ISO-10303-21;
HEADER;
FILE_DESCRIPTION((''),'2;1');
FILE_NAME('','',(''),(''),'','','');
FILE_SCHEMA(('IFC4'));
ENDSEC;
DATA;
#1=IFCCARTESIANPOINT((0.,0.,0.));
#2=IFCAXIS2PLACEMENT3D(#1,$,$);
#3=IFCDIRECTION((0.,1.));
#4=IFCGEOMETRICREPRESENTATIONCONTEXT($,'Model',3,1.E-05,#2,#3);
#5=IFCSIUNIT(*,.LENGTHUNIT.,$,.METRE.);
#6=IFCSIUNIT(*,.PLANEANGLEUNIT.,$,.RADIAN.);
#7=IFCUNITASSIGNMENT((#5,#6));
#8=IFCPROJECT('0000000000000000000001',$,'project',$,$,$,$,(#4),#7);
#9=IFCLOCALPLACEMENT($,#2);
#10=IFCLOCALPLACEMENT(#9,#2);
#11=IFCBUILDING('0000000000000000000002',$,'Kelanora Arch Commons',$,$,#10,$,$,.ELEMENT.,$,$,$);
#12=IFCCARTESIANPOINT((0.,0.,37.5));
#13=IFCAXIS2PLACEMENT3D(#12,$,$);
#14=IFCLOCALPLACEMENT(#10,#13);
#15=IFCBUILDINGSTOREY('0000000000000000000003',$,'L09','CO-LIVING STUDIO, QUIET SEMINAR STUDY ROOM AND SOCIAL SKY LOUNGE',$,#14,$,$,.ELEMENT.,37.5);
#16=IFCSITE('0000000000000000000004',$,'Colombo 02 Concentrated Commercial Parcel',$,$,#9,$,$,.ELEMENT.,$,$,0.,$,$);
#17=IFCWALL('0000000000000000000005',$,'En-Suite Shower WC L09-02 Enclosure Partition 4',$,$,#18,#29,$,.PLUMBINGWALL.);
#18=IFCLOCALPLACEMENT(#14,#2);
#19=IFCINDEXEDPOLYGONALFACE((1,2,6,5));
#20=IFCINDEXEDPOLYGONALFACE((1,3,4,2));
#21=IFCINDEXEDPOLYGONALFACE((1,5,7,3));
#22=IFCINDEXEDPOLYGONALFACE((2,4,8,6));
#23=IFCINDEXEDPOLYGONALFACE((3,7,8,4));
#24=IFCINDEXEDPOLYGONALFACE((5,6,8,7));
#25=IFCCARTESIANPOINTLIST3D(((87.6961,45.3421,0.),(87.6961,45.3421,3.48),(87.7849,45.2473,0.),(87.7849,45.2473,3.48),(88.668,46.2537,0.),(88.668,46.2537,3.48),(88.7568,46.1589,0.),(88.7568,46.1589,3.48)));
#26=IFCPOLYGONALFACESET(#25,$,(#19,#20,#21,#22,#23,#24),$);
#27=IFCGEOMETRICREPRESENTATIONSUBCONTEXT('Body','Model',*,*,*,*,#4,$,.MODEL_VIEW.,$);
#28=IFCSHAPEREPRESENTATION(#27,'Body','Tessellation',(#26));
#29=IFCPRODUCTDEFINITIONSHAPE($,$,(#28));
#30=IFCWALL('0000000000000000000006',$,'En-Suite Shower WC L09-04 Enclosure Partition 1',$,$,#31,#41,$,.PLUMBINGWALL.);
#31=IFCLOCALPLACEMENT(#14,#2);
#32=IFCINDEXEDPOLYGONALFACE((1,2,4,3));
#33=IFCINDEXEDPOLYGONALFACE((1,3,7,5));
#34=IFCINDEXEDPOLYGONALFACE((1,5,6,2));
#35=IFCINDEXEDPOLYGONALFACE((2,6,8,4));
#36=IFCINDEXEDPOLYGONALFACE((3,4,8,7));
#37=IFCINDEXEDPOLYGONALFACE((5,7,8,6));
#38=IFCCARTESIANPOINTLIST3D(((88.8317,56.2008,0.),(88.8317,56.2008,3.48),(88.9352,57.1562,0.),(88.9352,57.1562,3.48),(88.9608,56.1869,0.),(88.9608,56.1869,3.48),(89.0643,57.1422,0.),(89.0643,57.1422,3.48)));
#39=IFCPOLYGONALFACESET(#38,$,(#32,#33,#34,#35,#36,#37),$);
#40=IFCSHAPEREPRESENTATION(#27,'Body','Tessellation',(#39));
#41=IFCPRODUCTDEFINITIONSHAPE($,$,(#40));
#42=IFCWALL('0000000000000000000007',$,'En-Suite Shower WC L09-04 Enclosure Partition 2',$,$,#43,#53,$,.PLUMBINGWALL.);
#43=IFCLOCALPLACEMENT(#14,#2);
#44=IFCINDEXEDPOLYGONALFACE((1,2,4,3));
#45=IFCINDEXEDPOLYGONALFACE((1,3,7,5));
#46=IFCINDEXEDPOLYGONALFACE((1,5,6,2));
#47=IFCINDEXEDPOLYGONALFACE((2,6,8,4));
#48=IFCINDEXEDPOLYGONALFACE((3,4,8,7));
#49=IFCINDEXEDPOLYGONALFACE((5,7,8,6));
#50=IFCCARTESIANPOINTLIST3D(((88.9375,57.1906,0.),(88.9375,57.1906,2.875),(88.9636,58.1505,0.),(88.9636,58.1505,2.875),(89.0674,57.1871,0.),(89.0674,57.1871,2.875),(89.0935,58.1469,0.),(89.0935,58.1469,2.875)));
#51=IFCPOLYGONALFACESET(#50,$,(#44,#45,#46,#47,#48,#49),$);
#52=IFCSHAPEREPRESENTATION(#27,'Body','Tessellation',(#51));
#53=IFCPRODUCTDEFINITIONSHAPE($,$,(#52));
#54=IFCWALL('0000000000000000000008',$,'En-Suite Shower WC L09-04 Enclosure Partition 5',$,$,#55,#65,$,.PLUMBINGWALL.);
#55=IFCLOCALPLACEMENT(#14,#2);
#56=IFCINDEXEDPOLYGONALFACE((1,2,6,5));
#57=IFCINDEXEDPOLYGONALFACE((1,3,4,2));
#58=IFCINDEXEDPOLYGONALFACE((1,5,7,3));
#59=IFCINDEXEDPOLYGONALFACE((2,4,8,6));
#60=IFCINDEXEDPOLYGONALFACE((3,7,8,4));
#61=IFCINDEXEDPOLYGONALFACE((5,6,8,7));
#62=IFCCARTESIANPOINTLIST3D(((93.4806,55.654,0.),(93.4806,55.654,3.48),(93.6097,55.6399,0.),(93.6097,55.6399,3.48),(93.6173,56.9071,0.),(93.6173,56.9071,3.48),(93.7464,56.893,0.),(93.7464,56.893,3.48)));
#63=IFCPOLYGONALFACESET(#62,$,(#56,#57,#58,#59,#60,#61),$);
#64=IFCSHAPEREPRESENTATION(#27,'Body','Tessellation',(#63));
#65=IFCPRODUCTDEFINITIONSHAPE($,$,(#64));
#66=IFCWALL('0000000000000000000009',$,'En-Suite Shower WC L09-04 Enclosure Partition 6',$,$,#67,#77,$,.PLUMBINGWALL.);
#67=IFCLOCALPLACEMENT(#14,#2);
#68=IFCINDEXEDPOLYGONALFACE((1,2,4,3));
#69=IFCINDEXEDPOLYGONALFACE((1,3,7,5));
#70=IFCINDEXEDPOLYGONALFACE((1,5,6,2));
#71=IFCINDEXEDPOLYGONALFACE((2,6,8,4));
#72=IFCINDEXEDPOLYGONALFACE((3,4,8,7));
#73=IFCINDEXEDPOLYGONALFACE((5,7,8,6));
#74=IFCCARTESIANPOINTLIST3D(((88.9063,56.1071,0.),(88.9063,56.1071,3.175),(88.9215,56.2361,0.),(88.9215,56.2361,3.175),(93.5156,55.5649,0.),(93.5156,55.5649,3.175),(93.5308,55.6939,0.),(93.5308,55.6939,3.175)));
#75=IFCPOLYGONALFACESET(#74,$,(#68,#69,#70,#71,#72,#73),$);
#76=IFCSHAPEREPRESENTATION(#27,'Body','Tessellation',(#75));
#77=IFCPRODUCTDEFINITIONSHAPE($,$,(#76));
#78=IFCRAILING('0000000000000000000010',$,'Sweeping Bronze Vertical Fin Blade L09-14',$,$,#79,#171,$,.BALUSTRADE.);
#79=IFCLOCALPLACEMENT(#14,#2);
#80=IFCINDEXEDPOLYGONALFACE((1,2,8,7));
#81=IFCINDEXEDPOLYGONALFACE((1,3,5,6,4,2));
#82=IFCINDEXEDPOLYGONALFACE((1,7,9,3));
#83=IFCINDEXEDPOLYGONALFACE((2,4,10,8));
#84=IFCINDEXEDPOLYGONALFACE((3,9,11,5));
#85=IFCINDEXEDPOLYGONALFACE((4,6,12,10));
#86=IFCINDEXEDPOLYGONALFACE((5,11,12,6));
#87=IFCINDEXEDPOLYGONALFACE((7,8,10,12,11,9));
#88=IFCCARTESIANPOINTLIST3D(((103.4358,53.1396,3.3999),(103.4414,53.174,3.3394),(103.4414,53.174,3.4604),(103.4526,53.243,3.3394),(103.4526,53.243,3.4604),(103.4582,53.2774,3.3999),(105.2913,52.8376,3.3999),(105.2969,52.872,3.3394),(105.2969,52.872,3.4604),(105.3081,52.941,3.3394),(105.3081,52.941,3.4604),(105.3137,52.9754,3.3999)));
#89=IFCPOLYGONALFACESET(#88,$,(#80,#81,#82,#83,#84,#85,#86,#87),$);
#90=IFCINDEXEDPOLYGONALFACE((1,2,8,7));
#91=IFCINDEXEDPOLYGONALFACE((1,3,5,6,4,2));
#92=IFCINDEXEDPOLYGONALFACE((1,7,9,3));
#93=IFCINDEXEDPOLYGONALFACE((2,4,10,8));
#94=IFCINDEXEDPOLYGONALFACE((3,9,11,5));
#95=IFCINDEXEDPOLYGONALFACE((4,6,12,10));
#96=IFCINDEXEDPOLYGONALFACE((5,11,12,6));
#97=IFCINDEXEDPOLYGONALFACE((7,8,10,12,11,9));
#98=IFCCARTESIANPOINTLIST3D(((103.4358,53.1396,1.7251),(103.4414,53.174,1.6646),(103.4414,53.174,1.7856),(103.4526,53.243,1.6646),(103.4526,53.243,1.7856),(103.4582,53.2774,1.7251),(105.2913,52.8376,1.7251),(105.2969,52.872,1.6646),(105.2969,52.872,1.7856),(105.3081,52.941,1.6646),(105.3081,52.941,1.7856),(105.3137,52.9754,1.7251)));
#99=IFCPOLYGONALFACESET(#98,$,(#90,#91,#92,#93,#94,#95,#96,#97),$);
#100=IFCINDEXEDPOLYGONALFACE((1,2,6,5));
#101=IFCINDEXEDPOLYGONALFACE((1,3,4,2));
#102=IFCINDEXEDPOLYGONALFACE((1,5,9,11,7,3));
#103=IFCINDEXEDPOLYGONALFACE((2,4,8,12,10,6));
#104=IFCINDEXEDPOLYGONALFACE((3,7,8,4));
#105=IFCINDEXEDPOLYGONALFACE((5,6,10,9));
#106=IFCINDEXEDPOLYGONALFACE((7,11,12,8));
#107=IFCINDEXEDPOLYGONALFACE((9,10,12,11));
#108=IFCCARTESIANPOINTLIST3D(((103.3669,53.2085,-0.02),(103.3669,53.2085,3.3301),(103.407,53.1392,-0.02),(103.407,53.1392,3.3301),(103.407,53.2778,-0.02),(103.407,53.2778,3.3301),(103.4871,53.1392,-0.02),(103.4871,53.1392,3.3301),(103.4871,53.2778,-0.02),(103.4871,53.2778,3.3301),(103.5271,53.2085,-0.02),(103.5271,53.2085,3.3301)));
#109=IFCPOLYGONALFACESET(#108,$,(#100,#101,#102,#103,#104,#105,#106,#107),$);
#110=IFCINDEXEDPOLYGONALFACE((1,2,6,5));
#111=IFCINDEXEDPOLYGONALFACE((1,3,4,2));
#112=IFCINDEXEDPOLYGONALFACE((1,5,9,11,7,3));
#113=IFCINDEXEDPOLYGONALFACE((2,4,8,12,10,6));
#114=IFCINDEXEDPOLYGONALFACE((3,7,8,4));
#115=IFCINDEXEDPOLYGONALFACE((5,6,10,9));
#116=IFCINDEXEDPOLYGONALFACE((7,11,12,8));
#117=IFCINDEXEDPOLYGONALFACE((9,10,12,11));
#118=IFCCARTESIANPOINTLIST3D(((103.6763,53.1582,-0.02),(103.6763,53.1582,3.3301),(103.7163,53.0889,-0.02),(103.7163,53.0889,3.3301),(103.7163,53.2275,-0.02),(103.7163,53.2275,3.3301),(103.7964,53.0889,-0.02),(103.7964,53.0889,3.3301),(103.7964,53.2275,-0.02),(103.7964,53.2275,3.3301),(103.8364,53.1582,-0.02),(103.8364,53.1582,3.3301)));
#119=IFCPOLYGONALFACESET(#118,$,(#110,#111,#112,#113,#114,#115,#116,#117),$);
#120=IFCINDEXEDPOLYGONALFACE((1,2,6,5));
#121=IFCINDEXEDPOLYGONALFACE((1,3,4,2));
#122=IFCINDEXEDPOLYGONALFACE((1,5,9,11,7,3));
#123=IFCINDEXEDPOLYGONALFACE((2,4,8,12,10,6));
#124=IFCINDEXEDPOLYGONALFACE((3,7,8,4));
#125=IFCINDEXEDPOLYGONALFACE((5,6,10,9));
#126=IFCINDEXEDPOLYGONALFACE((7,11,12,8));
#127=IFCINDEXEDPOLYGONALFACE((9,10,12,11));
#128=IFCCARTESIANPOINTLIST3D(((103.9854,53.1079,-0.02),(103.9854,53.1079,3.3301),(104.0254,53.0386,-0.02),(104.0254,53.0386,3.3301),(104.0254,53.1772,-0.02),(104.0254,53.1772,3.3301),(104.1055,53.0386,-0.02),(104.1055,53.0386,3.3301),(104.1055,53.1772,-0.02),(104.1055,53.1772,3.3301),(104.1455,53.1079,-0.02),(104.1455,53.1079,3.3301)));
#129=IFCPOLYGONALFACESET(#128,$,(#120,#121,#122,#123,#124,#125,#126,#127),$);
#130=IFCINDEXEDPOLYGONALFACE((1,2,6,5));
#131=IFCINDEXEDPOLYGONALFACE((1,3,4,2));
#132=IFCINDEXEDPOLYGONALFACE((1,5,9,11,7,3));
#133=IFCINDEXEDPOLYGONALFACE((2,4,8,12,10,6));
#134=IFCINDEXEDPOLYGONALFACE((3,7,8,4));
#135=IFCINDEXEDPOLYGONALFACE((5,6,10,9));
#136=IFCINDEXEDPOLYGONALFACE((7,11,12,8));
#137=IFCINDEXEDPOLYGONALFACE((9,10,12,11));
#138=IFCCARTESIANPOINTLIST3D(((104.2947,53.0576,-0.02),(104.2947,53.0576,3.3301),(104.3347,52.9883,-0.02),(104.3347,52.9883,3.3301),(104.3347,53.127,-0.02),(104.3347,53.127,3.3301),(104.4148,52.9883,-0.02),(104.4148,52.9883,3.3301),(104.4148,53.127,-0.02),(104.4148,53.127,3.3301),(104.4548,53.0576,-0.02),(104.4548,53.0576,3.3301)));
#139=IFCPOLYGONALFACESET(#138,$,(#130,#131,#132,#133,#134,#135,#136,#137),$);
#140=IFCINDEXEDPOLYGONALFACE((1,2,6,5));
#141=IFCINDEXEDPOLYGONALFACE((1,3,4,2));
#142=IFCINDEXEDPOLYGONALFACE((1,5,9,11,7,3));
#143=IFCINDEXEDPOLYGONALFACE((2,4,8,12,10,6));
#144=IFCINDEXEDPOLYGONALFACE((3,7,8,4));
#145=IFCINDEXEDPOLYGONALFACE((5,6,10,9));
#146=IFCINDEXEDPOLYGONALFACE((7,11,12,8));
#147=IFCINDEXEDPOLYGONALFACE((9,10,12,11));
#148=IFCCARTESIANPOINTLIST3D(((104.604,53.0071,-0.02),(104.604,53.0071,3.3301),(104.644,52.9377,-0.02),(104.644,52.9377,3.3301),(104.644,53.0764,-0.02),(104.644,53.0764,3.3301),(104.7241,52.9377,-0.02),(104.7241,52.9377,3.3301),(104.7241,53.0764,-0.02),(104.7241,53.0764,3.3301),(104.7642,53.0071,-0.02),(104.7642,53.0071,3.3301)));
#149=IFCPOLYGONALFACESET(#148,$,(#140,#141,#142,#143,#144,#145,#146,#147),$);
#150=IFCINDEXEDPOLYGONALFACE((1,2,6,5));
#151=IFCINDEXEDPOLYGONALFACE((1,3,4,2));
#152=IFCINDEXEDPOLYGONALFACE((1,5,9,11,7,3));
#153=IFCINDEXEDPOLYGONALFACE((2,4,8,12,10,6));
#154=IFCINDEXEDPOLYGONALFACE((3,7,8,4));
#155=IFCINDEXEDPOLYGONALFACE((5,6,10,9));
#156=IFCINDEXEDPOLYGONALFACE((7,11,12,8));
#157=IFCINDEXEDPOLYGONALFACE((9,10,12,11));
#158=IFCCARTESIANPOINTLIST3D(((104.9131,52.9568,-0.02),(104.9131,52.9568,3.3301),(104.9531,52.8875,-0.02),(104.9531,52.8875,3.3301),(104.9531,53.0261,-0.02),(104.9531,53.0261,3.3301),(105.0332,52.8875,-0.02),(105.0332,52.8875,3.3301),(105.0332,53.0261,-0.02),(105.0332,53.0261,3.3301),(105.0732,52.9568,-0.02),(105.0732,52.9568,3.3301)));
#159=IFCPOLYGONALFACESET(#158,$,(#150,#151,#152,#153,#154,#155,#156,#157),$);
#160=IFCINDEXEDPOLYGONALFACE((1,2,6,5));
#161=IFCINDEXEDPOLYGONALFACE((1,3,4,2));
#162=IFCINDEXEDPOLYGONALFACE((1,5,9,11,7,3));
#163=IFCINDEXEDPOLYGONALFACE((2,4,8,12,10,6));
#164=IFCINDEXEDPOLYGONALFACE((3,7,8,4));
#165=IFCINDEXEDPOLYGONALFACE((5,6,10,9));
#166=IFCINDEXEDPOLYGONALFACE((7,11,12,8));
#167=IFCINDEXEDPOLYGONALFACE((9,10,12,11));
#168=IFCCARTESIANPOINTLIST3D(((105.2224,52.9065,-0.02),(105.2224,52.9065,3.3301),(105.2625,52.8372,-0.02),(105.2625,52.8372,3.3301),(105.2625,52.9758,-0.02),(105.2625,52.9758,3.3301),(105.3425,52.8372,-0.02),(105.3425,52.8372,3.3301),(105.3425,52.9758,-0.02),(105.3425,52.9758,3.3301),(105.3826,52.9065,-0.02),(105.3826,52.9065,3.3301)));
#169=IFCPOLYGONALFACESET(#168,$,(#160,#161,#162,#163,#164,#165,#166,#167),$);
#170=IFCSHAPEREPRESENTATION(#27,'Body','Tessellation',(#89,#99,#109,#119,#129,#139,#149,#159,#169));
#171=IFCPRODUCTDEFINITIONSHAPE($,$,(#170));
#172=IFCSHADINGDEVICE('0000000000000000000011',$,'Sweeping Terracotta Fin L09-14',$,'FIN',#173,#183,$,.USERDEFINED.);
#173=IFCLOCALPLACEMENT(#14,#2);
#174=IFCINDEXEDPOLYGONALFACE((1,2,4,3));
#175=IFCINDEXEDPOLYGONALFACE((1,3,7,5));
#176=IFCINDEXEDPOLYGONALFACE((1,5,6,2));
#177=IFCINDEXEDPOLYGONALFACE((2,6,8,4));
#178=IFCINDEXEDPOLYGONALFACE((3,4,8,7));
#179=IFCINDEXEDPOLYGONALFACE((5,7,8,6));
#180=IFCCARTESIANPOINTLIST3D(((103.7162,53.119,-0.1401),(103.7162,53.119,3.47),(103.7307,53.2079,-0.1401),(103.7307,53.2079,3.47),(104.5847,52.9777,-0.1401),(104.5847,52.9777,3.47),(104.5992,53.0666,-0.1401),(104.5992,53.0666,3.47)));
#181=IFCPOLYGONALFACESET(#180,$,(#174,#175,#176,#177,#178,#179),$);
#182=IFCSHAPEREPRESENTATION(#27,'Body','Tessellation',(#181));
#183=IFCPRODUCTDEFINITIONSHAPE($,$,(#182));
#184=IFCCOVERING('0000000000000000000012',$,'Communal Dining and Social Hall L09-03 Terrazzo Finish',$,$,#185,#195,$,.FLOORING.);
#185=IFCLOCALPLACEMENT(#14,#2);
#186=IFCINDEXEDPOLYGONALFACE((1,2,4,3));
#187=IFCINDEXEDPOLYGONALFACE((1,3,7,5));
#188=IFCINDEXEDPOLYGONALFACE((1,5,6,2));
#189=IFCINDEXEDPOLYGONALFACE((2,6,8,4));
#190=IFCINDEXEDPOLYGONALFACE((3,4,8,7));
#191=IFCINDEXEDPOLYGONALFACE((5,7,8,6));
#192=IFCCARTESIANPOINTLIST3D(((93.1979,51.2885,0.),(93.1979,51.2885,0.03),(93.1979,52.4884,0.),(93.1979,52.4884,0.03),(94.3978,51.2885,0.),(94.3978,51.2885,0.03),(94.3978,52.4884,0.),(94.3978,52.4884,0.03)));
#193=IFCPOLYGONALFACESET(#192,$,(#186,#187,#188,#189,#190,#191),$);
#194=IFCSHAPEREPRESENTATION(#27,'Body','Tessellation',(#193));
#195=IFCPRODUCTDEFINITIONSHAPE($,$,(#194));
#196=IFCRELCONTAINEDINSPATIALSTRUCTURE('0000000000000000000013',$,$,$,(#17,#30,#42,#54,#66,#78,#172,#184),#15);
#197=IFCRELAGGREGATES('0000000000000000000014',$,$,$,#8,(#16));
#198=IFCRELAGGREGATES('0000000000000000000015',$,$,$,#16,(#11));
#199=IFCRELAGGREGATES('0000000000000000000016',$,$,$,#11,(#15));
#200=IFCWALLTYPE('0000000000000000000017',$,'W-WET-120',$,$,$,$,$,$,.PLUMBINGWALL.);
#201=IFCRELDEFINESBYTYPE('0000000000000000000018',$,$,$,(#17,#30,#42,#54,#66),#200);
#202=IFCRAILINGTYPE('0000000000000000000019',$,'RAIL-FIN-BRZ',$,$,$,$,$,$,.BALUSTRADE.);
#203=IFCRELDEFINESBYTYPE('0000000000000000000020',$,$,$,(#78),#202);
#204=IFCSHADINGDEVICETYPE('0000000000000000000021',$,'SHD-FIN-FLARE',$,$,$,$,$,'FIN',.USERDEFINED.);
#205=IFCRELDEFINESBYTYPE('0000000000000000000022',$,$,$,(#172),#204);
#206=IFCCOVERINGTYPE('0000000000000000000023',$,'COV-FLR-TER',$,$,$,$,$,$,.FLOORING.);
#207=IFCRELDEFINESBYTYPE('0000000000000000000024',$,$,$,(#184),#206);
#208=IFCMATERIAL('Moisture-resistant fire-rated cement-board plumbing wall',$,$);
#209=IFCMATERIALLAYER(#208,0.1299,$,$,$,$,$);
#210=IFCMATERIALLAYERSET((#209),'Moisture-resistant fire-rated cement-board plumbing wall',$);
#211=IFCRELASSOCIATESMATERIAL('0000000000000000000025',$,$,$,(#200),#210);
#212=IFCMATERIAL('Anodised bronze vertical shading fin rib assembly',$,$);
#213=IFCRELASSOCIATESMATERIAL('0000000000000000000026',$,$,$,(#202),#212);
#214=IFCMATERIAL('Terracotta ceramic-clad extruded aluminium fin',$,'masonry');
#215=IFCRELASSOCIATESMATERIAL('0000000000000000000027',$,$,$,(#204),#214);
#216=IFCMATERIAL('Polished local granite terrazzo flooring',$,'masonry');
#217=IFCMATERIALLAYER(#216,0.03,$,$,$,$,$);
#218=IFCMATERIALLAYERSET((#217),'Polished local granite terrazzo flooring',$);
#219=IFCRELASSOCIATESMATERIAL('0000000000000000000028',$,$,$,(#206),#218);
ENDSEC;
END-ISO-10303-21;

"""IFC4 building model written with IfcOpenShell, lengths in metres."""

from ifc_helpers import new_model, si_unit, direction, frame, frame_2d, origin, origin_2d, place, context, subcontext, project, spatial, polyline, rectangle, outline, extrude, source, transform, mapped, material, layer, layer_set, type_object, element, save


model = new_model("IFC4")

# Units and contexts
model_context = context("Model", 3, precision=1e-05, world=origin(), true_north=direction((0.0, 1.0)))
body_context = subcontext(model_context, "Body", "Model", "MODEL_VIEW")
ifc_project = project(units=[si_unit("LENGTHUNIT", "METRE"), si_unit("PLANEANGLEUNIT", "RADIAN")], contexts=[model_context])

# Site, building, storey
site_placement = place(None, origin())
site = spatial("IfcSite", under=ifc_project, at=site_placement, Name="Colombo 02 Concentrated Commercial Parcel", CompositionType="ELEMENT", RefElevation=0.0)
building_placement = place(site_placement, origin())
building = spatial("IfcBuilding", under=site, at=building_placement, Name="Kelanora Arch Commons", CompositionType="ELEMENT")
storey_placement = place(building_placement, frame((0.0, 0.0, 37.5)))
storey = spatial("IfcBuildingStorey", under=building, at=storey_placement, Name="L09", Description="CO-LIVING STUDIO, QUIET SEMINAR STUDY ROOM AND SOCIAL SKY LOUNGE", CompositionType="ELEMENT", Elevation=37.5)

# Walls
ifc_material_1 = material(Name="Moisture-resistant fire-rated cement-board plumbing wall")
ifc_layer_1 = layer(ifc_material_1, 0.1299)
ifc_layer_set_1 = layer_set([ifc_layer_1], Name="Moisture-resistant fire-rated cement-board plumbing wall")
wall_type_1 = type_object("IfcWallType", Name="W-WET-120", PredefinedType="PLUMBINGWALL", material=ifc_layer_set_1)
wall_1_placement = place(storey_placement, frame((88.7124, 46.2063, 0.0), z_axis=(0.0, 0.0, 1.0), x_axis=(-0.729371, -0.684118, 0.0)))
element("IfcWall", 1, at=wall_1_placement, inside=storey, type_object=wall_type_1, Name="En-Suite Shower WC L09-02 Enclosure Partition 4", PredefinedType="PLUMBINGWALL", context=body_context, shape_type="SweptSolid", body=[
    extrude(rectangle(XDim=1.3325, YDim=0.1299, at=frame_2d((0.6663, 0.0))), origin(), (0.0, 0.0, 1.0), 3.48),
])
wall_2_placement = place(storey_placement, frame((88.8962, 56.1938, 0.0), z_axis=(0.0, 0.0, 1.0), x_axis=(0.107726, 0.994181, 0.0)))
element("IfcWall", 2, at=wall_2_placement, inside=storey, type_object=wall_type_1, Name="En-Suite Shower WC L09-04 Enclosure Partition 1", PredefinedType="PLUMBINGWALL", context=body_context, shape_type="SweptSolid", body=[
    extrude(rectangle(XDim=0.9609, YDim=0.1299, at=frame_2d((0.4805, 0.0))), origin(), (0.0, 0.0, 1.0), 3.48),
])
wall_3_placement = place(storey_placement, frame((89.0024, 57.189, 0.0), z_axis=(0.0, 0.0, 1.0), x_axis=(0.027203, 0.99963, 0.0)))
element("IfcWall", 3, at=wall_3_placement, inside=storey, type_object=wall_type_1, Name="En-Suite Shower WC L09-04 Enclosure Partition 2", PredefinedType="PLUMBINGWALL", context=body_context, shape_type="SweptSolid", body=[
    extrude(rectangle(XDim=0.9602, YDim=0.1299, at=frame_2d((0.48, 0.0))), origin(), (0.0, 0.0, 1.0), 2.875),
])
wall_4_placement = place(storey_placement, frame((93.6819, 56.9001, 0.0), z_axis=(0.0, 0.0, 1.0), x_axis=(-0.108454, -0.994101, 0.0)))
element("IfcWall", 4, at=wall_4_placement, inside=storey, type_object=wall_type_1, Name="En-Suite Shower WC L09-04 Enclosure Partition 5", PredefinedType="PLUMBINGWALL", context=body_context, shape_type="SweptSolid", body=[
    extrude(rectangle(XDim=1.2605, YDim=0.1299, at=frame_2d((0.6304, 0.0))), origin(), (0.0, 0.0, 1.0), 3.48),
])
wall_5_placement = place(storey_placement, frame((93.5232, 55.6294, 0.0), z_axis=(0.0, 0.0, 1.0), x_axis=(-0.993152, 0.116832, 0.0)))
element("IfcWall", 5, at=wall_5_placement, inside=storey, type_object=wall_type_1, Name="En-Suite Shower WC L09-04 Enclosure Partition 6", PredefinedType="PLUMBINGWALL", context=body_context, shape_type="SweptSolid", body=[
    extrude(rectangle(XDim=4.6411, YDim=0.1299, at=frame_2d((2.3206, 0.0))), origin(), (0.0, 0.0, 1.0), 3.175),
])

# Railing
ifc_material_2 = material(Name="Anodised bronze vertical shading fin rib assembly")
railing_type = type_object("IfcRailingType", Name="RAIL-FIN-BRZ", PredefinedType="BALUSTRADE", material=ifc_material_2)
railing_placement = place(storey_placement, frame((103.447, 53.2085, -0.02)))
element("IfcRailing", 6, at=railing_placement, inside=storey, type_object=railing_type, Name="Sweeping Bronze Vertical Fin Blade L09-14", PredefinedType="BALUSTRADE", context=body_context, shape_type="SweptSolid", body=[
    extrude(outline(polyline([(0.0698, 0.0), (0.0349, 0.0605), (-0.0349, 0.0605), (-0.0698, 0.0), (-0.0349, -0.0605), (0.0349, -0.0605), (0.0698, 0.0)])), frame((0.0, 0.0, 3.4199), z_axis=(0.987012, -0.160649, 0.0), x_axis=(0.160649, 0.987012, 0.0)), (0.0, 0.0, 1.0), 1.8799),
    extrude(outline(polyline([(0.0698, 0.0), (0.0349, 0.0605), (-0.0349, 0.0605), (-0.0698, 0.0), (-0.0349, -0.0605), (0.0349, -0.0605), (0.0698, 0.0)])), frame((0.0, 0.0, 1.7451), z_axis=(0.987012, -0.160649, 0.0), x_axis=(0.160649, 0.987012, 0.0)), (0.0, 0.0, 1.0), 1.8799),
    extrude(outline(polyline([(0.0801, 0.0), (0.04, 0.0693), (-0.04, 0.0693), (-0.0801, 0.0), (-0.04, -0.0693), (0.04, -0.0693), (0.0801, 0.0)])), origin(), (0.0, 0.0, 1.0), 3.3501),
    extrude(outline(polyline([(0.0801, 0.0), (0.04, 0.0693), (-0.04, 0.0693), (-0.0801, 0.0), (-0.04, -0.0693), (0.04, -0.0693), (0.0801, 0.0)])), frame((0.3093, -0.0503, 0.0)), (0.0, 0.0, 1.0), 3.3501),
    extrude(outline(polyline([(0.0801, 0.0), (0.04, 0.0693), (-0.04, 0.0693), (-0.0801, 0.0), (-0.04, -0.0693), (0.04, -0.0693), (0.0801, 0.0)])), frame((0.6184, -0.1006, 0.0)), (0.0, 0.0, 1.0), 3.3501),
    extrude(outline(polyline([(0.0801, 0.0), (0.04, 0.0693), (-0.04, 0.0693), (-0.0801, 0.0), (-0.04, -0.0693), (0.04, -0.0693), (0.0801, 0.0)])), frame((0.9277, -0.1509, 0.0)), (0.0, 0.0, 1.0), 3.3501),
    extrude(outline(polyline([(0.0801, 0.0), (0.04, 0.0693), (-0.04, 0.0693), (-0.0801, 0.0), (-0.04, -0.0693), (0.04, -0.0693), (0.0801, 0.0)])), frame((1.2371, -0.2014, 0.0)), (0.0, 0.0, 1.0), 3.3501),
    extrude(outline(polyline([(0.0801, 0.0), (0.04, 0.0693), (-0.04, 0.0693), (-0.0801, 0.0), (-0.04, -0.0693), (0.04, -0.0693), (0.0801, 0.0)])), frame((1.5461, -0.2517, 0.0)), (0.0, 0.0, 1.0), 3.3501),
    extrude(outline(polyline([(0.0801, 0.0), (0.04, 0.0693), (-0.04, 0.0693), (-0.0801, 0.0), (-0.04, -0.0693), (0.04, -0.0693), (0.0801, 0.0)])), frame((1.8555, -0.302, 0.0)), (0.0, 0.0, 1.0), 3.3501),
])

# Shading device
ifc_material_3 = material(Name="Terracotta ceramic-clad extruded aluminium fin", Category="masonry")
shading_device_type = type_object("IfcShadingDeviceType", Name="SHD-FIN-FLARE", ElementType="FIN", PredefinedType="USERDEFINED", material=ifc_material_3)
shared_shape_1 = source(origin(), body_context, "Body", "SweptSolid", [
    extrude(rectangle(XDim=0.8799, YDim=0.0901, at=origin_2d()), origin(), (0.0, 0.0, 1.0), 3.6101),
])
shading_device_placement = place(storey_placement, frame((104.1577, 53.0928, -0.1401), z_axis=(0.0, 0.0, 1.0), x_axis=(0.987024, -0.16057, 0.0)))
element("IfcShadingDevice", 7, at=shading_device_placement, inside=storey, type_object=shading_device_type, Name="Sweeping Terracotta Fin L09-14", ObjectType="FIN", PredefinedType="USERDEFINED", context=body_context, shape_type="MappedRepresentation", body=[
    mapped(shared_shape_1, transform((0.0, 0.0, 0.0), scale=1.0)),
])

# Covering
ifc_material_4 = material(Name="Polished local granite terrazzo flooring", Category="masonry")
ifc_layer_2 = layer(ifc_material_4, 0.03)
ifc_layer_set_2 = layer_set([ifc_layer_2], Name="Polished local granite terrazzo flooring")
covering_type = type_object("IfcCoveringType", Name="COV-FLR-TER", PredefinedType="FLOORING", material=ifc_layer_set_2)
shared_shape_2 = source(origin(), body_context, "Body", "SweptSolid", [
    extrude(rectangle(XDim=1.2, YDim=1.2, at=origin_2d()), origin(), (0.0, 0.0, 1.0), 0.03),
])
covering_placement = place(storey_placement, frame((93.7979, 51.8884, 0.0), z_axis=(0.0, 0.0, 1.0), x_axis=(1.0, 0.0, 0.0)))
element("IfcCovering", 8, at=covering_placement, inside=storey, type_object=covering_type, Name="Communal Dining and Social Hall L09-03 Terrazzo Finish", PredefinedType="FLOORING", context=body_context, shape_type="MappedRepresentation", body=[
    mapped(shared_shape_2, transform((0.0, 0.0, 0.0), scale=1.0)),
])

save(model, "model.ifc")
